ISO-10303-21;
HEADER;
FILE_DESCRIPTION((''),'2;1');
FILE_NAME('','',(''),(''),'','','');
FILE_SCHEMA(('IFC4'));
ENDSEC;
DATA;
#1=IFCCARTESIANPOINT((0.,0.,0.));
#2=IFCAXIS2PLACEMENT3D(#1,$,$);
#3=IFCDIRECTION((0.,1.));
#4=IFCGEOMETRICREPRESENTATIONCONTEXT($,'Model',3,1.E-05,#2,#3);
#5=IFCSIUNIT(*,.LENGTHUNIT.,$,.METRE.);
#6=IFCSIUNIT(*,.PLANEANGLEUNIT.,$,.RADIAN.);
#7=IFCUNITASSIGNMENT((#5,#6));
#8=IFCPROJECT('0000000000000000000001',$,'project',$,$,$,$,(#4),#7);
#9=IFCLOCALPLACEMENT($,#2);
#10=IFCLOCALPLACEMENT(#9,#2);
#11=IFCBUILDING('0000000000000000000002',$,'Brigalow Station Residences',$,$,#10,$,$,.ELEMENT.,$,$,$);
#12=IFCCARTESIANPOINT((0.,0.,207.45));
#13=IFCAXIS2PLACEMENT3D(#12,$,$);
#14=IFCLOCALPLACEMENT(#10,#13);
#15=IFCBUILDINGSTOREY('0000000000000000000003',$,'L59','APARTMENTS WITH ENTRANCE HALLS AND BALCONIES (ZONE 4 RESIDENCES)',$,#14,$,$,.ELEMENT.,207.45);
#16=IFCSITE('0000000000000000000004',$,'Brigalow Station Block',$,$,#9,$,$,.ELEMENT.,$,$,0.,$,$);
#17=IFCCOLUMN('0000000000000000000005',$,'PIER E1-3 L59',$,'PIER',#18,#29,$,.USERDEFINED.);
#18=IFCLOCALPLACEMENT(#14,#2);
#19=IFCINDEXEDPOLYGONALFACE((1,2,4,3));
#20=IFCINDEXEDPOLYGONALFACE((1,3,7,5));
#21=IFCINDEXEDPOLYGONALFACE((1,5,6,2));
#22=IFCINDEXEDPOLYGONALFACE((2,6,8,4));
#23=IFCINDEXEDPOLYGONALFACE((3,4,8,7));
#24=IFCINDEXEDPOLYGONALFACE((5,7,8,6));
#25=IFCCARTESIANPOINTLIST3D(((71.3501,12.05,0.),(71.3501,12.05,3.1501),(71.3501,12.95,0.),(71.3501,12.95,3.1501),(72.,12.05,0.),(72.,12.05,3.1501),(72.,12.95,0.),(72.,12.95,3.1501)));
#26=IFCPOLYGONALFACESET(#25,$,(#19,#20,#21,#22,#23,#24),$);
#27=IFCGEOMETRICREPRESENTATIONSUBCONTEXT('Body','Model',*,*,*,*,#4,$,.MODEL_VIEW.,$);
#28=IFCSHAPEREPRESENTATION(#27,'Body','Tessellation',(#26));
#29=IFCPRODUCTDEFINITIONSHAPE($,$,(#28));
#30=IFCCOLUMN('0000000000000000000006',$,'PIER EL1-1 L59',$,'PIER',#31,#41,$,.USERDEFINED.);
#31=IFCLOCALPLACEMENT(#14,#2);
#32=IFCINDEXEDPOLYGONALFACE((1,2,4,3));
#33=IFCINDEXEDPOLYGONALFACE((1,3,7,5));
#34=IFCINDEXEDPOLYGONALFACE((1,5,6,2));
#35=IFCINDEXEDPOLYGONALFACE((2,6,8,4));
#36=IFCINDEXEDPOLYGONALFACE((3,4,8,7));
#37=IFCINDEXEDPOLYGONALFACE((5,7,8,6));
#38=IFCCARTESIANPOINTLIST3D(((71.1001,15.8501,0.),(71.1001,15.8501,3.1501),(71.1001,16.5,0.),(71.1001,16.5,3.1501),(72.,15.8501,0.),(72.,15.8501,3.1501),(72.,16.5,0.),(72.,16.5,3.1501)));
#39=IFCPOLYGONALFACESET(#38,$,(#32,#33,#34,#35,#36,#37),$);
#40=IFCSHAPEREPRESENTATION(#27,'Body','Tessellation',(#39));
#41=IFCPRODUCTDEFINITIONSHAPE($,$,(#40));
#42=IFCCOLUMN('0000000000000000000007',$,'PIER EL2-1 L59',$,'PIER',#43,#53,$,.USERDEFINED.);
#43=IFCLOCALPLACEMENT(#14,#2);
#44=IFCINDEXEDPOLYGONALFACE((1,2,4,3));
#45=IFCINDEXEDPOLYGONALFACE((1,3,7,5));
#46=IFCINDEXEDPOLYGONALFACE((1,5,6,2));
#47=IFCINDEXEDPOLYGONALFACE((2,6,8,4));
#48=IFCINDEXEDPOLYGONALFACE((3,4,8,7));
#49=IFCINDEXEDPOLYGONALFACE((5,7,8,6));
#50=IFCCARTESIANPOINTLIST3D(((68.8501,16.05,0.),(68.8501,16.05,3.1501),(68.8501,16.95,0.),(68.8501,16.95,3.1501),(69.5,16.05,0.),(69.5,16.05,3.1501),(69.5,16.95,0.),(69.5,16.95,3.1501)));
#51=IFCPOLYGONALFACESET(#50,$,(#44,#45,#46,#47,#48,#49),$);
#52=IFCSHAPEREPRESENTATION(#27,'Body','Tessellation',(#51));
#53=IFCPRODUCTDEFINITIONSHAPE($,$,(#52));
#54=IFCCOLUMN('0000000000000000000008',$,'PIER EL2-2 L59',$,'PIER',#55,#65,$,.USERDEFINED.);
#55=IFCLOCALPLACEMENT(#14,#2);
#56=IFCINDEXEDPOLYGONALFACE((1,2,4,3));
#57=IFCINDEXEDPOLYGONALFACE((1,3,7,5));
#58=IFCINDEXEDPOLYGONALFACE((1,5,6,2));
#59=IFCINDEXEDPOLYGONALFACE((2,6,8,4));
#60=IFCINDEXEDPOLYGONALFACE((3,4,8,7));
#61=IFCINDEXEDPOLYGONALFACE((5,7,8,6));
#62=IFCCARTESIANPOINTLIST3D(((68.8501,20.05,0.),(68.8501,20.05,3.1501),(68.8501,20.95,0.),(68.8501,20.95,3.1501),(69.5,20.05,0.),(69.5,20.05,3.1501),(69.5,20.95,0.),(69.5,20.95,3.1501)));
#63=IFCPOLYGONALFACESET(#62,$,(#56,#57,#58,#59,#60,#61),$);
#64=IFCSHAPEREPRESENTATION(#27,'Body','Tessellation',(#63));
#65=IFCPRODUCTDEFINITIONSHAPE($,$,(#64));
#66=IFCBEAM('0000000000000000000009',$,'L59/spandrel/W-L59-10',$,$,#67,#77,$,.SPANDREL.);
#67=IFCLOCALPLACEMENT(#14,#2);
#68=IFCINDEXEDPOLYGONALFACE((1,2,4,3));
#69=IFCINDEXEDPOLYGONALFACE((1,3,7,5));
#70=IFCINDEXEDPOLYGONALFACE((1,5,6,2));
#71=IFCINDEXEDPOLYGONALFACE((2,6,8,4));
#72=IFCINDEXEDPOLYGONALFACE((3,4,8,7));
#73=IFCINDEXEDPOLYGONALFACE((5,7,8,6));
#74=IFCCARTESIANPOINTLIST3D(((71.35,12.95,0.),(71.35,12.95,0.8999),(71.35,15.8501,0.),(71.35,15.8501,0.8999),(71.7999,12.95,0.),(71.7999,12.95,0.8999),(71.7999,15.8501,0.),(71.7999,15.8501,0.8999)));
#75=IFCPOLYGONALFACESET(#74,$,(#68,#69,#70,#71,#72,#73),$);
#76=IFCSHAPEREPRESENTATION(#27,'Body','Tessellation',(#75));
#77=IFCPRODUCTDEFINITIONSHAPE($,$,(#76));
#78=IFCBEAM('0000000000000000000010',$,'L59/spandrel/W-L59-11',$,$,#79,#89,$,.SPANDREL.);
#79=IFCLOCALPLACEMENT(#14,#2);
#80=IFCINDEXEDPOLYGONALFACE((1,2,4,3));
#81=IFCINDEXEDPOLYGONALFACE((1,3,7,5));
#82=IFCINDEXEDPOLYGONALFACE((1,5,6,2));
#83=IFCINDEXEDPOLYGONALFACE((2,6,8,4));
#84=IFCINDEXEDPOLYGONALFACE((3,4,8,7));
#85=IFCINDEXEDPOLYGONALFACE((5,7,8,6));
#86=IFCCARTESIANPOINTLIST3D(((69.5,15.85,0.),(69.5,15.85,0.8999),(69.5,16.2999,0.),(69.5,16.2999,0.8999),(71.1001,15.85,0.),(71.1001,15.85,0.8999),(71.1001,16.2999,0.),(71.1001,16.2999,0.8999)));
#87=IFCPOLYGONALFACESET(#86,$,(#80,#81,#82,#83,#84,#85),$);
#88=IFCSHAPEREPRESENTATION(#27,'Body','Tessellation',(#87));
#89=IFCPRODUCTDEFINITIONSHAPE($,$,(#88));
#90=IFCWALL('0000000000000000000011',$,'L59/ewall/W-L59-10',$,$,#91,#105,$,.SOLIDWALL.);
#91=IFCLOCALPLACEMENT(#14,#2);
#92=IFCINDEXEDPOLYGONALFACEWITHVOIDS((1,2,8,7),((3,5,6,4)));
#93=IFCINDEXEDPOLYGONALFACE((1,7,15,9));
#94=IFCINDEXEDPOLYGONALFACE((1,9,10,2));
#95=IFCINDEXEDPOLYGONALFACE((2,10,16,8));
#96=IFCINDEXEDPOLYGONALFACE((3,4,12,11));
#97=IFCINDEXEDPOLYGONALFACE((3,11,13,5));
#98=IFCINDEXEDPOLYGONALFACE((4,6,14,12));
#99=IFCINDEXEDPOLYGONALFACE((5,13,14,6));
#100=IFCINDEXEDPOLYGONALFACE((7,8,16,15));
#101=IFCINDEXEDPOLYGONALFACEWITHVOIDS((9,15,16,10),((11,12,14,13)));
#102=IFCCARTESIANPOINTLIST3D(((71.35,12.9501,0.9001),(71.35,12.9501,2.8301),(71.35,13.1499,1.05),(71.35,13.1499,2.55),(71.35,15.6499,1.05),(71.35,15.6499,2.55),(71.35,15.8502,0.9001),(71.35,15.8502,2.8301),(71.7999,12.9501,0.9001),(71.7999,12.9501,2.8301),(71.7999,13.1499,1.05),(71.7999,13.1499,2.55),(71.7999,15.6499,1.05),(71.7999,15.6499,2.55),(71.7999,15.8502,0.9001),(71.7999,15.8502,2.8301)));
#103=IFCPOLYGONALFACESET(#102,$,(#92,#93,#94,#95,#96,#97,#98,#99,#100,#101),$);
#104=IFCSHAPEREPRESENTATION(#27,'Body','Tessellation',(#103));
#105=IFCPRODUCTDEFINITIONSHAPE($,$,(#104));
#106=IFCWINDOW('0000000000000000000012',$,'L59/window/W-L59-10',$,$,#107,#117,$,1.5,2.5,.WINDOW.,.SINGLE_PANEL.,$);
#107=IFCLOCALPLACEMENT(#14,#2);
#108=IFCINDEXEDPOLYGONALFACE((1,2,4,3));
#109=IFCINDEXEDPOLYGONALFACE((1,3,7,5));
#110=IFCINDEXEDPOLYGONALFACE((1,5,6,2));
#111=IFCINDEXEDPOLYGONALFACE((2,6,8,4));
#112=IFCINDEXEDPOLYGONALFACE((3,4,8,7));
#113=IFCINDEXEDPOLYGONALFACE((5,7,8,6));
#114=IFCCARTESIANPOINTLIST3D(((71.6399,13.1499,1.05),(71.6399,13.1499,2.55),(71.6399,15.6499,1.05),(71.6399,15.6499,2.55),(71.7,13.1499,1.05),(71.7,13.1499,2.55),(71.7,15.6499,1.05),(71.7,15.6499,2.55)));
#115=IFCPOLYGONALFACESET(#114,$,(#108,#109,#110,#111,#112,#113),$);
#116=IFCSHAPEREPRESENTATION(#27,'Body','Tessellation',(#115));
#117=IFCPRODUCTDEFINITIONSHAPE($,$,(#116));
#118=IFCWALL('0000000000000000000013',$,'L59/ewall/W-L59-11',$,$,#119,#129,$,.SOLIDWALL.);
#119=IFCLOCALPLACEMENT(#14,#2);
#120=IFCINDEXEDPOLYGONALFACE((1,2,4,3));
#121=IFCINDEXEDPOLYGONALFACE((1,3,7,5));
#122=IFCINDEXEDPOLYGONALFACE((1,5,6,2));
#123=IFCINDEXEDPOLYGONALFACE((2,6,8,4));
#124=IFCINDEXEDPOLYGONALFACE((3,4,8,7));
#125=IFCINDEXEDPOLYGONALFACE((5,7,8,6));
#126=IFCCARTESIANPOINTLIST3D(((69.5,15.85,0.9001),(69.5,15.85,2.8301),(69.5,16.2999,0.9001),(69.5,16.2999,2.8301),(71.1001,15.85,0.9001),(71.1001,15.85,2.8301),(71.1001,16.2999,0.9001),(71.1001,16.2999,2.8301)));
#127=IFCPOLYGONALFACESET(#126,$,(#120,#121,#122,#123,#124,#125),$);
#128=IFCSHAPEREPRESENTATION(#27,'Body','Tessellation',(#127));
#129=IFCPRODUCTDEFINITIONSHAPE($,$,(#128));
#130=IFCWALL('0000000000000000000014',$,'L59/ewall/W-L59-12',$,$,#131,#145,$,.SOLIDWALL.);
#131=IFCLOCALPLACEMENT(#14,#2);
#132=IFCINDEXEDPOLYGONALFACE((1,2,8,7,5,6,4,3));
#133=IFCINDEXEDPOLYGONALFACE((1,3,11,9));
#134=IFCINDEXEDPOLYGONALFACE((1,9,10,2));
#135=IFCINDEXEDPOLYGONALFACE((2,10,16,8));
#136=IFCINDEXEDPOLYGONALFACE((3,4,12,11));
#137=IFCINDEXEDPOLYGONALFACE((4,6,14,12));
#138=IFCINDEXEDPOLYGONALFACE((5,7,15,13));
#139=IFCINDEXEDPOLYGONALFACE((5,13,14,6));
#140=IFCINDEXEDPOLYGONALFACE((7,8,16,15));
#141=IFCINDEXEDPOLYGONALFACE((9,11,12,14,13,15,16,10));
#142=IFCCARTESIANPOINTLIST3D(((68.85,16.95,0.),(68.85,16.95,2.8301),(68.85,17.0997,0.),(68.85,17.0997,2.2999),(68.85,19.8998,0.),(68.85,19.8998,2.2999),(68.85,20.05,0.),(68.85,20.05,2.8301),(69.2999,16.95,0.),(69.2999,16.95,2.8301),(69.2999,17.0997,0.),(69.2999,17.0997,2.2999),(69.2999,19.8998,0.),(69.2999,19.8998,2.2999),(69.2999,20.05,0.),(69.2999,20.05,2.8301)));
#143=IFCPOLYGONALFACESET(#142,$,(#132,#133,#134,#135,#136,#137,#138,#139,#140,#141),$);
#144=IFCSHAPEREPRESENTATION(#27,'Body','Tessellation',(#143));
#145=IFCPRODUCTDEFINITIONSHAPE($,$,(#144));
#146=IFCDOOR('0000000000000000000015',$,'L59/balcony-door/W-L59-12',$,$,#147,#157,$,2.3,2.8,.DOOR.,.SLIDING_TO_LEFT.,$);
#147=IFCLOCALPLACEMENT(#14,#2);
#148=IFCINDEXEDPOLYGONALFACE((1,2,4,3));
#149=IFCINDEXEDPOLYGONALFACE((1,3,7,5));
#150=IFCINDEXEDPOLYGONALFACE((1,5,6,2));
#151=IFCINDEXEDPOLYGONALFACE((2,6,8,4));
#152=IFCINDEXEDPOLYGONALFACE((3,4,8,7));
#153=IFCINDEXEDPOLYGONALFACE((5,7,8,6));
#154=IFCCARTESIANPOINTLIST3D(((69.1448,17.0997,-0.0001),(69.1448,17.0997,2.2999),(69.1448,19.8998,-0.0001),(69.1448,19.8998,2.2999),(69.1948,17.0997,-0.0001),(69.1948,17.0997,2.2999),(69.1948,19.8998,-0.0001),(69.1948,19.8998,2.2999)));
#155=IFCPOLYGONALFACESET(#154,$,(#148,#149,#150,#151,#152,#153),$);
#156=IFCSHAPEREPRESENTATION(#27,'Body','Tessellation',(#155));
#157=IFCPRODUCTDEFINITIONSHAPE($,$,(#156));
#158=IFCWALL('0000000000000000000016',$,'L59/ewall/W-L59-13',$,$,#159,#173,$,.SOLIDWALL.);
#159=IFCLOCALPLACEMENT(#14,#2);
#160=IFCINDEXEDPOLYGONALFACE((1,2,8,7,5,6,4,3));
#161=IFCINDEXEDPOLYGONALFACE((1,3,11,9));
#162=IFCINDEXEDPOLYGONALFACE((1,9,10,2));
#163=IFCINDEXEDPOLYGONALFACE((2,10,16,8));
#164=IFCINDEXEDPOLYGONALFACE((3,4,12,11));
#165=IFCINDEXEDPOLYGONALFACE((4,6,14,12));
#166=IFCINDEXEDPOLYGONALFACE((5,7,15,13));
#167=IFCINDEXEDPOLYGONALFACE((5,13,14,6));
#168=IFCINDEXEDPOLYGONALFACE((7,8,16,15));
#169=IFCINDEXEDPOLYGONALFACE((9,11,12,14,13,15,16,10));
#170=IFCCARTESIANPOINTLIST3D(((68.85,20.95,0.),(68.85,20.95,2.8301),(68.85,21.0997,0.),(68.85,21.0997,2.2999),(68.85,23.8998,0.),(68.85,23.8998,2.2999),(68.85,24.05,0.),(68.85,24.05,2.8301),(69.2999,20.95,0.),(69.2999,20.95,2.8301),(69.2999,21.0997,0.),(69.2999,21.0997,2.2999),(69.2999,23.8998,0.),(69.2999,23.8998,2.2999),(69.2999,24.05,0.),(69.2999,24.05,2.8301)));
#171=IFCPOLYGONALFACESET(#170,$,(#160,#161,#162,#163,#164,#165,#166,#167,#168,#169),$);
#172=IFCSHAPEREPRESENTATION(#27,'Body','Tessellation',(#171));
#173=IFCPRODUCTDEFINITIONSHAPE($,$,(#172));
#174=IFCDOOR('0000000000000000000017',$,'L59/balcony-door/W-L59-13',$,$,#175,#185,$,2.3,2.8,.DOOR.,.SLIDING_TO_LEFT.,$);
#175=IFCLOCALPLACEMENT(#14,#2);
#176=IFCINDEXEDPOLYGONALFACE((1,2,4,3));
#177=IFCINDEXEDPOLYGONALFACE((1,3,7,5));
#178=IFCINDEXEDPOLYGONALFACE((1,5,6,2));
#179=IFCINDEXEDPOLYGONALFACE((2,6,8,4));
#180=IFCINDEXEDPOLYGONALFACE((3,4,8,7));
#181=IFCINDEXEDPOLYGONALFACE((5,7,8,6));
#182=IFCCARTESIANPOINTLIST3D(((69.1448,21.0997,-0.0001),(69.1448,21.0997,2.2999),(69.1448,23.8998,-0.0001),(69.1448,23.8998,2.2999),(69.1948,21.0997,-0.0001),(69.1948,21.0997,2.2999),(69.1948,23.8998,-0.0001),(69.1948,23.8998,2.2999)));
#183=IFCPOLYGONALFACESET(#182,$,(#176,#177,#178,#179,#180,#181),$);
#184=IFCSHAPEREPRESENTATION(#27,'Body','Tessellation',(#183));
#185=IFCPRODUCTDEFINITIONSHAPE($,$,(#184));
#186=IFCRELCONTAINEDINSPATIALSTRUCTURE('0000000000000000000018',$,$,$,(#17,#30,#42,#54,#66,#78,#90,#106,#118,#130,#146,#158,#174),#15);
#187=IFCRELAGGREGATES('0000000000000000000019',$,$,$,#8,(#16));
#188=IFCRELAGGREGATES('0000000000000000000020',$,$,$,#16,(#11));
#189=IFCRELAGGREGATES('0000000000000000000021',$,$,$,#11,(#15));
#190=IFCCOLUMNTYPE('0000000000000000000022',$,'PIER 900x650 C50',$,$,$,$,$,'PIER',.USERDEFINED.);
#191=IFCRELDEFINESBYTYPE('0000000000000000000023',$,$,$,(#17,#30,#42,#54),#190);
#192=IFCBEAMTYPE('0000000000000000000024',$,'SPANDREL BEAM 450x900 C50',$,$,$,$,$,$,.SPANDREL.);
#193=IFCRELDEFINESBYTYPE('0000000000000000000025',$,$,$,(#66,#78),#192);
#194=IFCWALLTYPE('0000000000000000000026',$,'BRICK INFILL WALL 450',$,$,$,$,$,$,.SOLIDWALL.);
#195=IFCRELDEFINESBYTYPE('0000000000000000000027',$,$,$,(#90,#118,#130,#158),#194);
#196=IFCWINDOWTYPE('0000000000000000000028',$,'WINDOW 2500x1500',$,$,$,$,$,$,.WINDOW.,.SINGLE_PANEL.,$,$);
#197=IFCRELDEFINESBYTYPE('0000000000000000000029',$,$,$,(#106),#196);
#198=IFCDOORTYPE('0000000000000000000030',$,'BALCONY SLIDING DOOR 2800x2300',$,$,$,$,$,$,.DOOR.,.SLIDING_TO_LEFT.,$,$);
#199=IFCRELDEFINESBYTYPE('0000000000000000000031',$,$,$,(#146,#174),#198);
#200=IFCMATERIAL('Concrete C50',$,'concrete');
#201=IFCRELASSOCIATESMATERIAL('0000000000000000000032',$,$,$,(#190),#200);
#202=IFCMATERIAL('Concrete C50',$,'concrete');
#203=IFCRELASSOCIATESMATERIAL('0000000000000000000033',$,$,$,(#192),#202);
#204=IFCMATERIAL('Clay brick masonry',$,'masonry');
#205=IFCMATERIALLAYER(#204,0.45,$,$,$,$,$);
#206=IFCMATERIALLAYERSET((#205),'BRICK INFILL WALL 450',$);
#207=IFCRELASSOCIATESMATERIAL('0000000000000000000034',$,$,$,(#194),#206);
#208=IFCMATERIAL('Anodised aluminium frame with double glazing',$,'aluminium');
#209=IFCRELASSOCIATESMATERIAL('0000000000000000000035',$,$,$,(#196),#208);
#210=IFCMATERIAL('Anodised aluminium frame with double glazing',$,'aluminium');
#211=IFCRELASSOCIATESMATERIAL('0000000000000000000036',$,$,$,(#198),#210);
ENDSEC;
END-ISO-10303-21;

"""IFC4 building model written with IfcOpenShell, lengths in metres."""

from ifc_helpers import new_model, si_unit, direction, frame, frame_2d, origin, origin_2d, place, context, subcontext, project, spatial, rectangle, extrude, material, layer, layer_set, material_profile, profile_set, type_object, element, fill, save


model = new_model("IFC4")

# Units and contexts
model_context = context("Model", 3, precision=1e-05, world=origin(), true_north=direction((0.0, 1.0)))
body_context = subcontext(model_context, "Body", "Model", "MODEL_VIEW")
ifc_project = project(units=[si_unit("LENGTHUNIT", "METRE"), si_unit("PLANEANGLEUNIT", "RADIAN")], contexts=[model_context])

# Site, building, storey
site_placement = place(None, origin())
site = spatial("IfcSite", under=ifc_project, at=site_placement, Name="Brigalow Station Block", CompositionType="ELEMENT", RefElevation=0.0)
building_placement = place(site_placement, origin())
building = spatial("IfcBuilding", under=site, at=building_placement, Name="Brigalow Station Residences", CompositionType="ELEMENT")
storey_placement = place(building_placement, frame((0.0, 0.0, 207.45)))
storey = spatial("IfcBuildingStorey", under=building, at=storey_placement, Name="L59", Description="APARTMENTS WITH ENTRANCE HALLS AND BALCONIES (ZONE 4 RESIDENCES)", CompositionType="ELEMENT", Elevation=207.45)

# Columns
ifc_material_1 = material(Name="Concrete C50", Category="concrete")
ifc_material_profile_1 = material_profile(ifc_material_1, rectangle(XDim=0.8999, YDim=0.6499, at=origin_2d()), Name="RC900x650")
ifc_profile_set_1 = profile_set([ifc_material_profile_1], Name="Concrete C50")
column_type = type_object("IfcColumnType", Name="PIER 900x650 C50", ElementType="PIER", PredefinedType="USERDEFINED", material=ifc_profile_set_1)
for number, where, z_axis, x_axis, name in (
    (1, (71.675, 12.5, 0.0), (0.0, 0.0, 1.0), (0.0, 1.0, 0.0), "PIER E1-3 L59"),
    (2, (71.55, 16.175, 0.0), (0.0, 0.0, 1.0), (-1.0, 0.0, 0.0), "PIER EL1-1 L59"),
    (3, (69.175, 16.5, 0.0), (0.0, 0.0, 1.0), (0.0, 1.0, 0.0), "PIER EL2-1 L59"),
    (4, (69.175, 20.5, 0.0), (0.0, 0.0, 1.0), (0.0, 1.0, 0.0), "PIER EL2-2 L59"),
):
    element("IfcColumn", number, at=place(storey_placement, frame(where, z_axis=z_axis, x_axis=x_axis)), inside=storey, type_object=column_type, Name=name, ObjectType="PIER", PredefinedType="USERDEFINED", context=body_context, shape_type="SweptSolid", body=[
        extrude(rectangle(XDim=0.8999, YDim=0.6499, at=origin_2d()), origin(), (0.0, 0.0, 1.0), 3.1501),
    ])

# Beams
ifc_material_2 = material(Name="Concrete C50", Category="concrete")
ifc_material_profile_2 = material_profile(ifc_material_2, rectangle(XDim=0.45, YDim=0.8999, at=origin_2d()), Name="RC450x900")
ifc_profile_set_2 = profile_set([ifc_material_profile_2], Name="Concrete C50")
beam_type = type_object("IfcBeamType", Name="SPANDREL BEAM 450x900 C50", PredefinedType="SPANDREL", material=ifc_profile_set_2)
beam_1_placement = place(storey_placement, frame((71.575, 12.95, 0.45), z_axis=(0.0, 1.0, 0.0), x_axis=(-1.0, 0.0, 0.0)))
element("IfcBeam", 5, at=beam_1_placement, inside=storey, type_object=beam_type, Name="L59/spandrel/W-L59-10", PredefinedType="SPANDREL", context=body_context, shape_type="SweptSolid", body=[
    extrude(rectangle(XDim=0.45, YDim=0.8999, at=origin_2d()), origin(), (0.0, 0.0, 1.0), 2.9001),
])
beam_2_placement = place(storey_placement, frame((71.1001, 16.075, 0.45), z_axis=(-1.0, 0.0, 0.0), x_axis=(0.0, -1.0, 0.0)))
element("IfcBeam", 6, at=beam_2_placement, inside=storey, type_object=beam_type, Name="L59/spandrel/W-L59-11", PredefinedType="SPANDREL", context=body_context, shape_type="SweptSolid", body=[
    extrude(rectangle(XDim=0.45, YDim=0.8999, at=origin_2d()), origin(), (0.0, 0.0, 1.0), 1.6001),
])

# Wall, opening, window
ifc_material_3 = material(Name="Clay brick masonry", Category="masonry")
ifc_layer_1 = layer(ifc_material_3, 0.45)
ifc_layer_set_1 = layer_set([ifc_layer_1], Name="BRICK INFILL WALL 450")
wall_type_1 = type_object("IfcWallType", Name="BRICK INFILL WALL 450", PredefinedType="SOLIDWALL", material=ifc_layer_set_1)
wall_1_placement = place(storey_placement, frame((71.575, 12.95, 0.9001), z_axis=(0.0, 0.0, 1.0), x_axis=(0.0, 1.0, 0.0)))
wall_1 = element("IfcWall", 7, at=wall_1_placement, inside=storey, type_object=wall_type_1, Name="L59/ewall/W-L59-10", PredefinedType="SOLIDWALL", context=body_context, shape_type="SweptSolid", body=[
    extrude(rectangle(XDim=2.9001, YDim=0.45, at=frame_2d((1.4502, 0.0))), origin(), (0.0, 0.0, 1.0), 1.9299),
])
opening_1_placement = place(wall_1_placement, frame((0.2, 0.0, 0.1499)))
opening_1 = element("IfcOpeningElement", 8, at=opening_1_placement, cuts=wall_1, PredefinedType="OPENING", context=body_context, shape_type="SweptSolid", body=[
    extrude(rectangle(XDim=2.5, YDim=1.5, at=frame_2d((1.25, 0.75))), frame((0.0, 0.2349, 0.0), z_axis=(0.0, -1.0, 0.0), x_axis=(1.0, 0.0, 0.0)), (0.0, 0.0, 1.0), 0.47),
])
ifc_material_4 = material(Name="Anodised aluminium frame with double glazing", Category="aluminium")
window_type = type_object("IfcWindowType", Name="WINDOW 2500x1500", PartitioningType="SINGLE_PANEL", PredefinedType="WINDOW", material=ifc_material_4)
window_placement = place(opening_1_placement, origin())
window = element("IfcWindow", 9, at=window_placement, inside=storey, type_object=window_type, Name="L59/window/W-L59-10", OverallHeight=1.5, OverallWidth=2.5, PartitioningType="SINGLE_PANEL", PredefinedType="WINDOW", context=body_context, shape_type="SweptSolid", body=[
    extrude(rectangle(XDim=2.5, YDim=1.5, at=frame_2d((1.25, 0.75))), frame((0.0, -0.0649, 0.0), z_axis=(0.0, -1.0, 0.0), x_axis=(1.0, 0.0, 0.0)), (0.0, 0.0, 1.0), 0.0601),
])
fill(opening_1, window)

# Wall
wall_2_placement = place(storey_placement, frame((71.1001, 16.075, 0.9001), z_axis=(0.0, 0.0, 1.0), x_axis=(-1.0, 0.0, 0.0)))
element("IfcWall", 10, at=wall_2_placement, inside=storey, type_object=wall_type_1, Name="L59/ewall/W-L59-11", PredefinedType="SOLIDWALL", context=body_context, shape_type="SweptSolid", body=[
    extrude(rectangle(XDim=1.6001, YDim=0.45, at=frame_2d((0.8, 0.0))), origin(), (0.0, 0.0, 1.0), 1.9299),
])

# Walls, openings, doors
wall_3_placement = place(storey_placement, frame((69.075, 16.95, 0.0), z_axis=(0.0, 0.0, 1.0), x_axis=(0.0, 1.0, 0.0)))
wall_3 = element("IfcWall", 11, at=wall_3_placement, inside=storey, type_object=wall_type_1, Name="L59/ewall/W-L59-12", PredefinedType="SOLIDWALL", context=body_context, shape_type="SweptSolid", body=[
    extrude(rectangle(XDim=3.1001, YDim=0.45, at=frame_2d((1.55, 0.0))), origin(), (0.0, 0.0, 1.0), 2.8301),
])
opening_2_placement = place(wall_3_placement, frame((0.1499, 0.0, 0.0)))
opening_2 = element("IfcOpeningElement", 12, at=opening_2_placement, cuts=wall_3, PredefinedType="OPENING", context=body_context, shape_type="SweptSolid", body=[
    extrude(rectangle(XDim=2.8, YDim=2.3, at=frame_2d((1.3999, 1.1499))), frame((0.0, 0.2349, 0.0), z_axis=(0.0, -1.0, 0.0), x_axis=(1.0, 0.0, 0.0)), (0.0, 0.0, 1.0), 0.47),
])
ifc_material_5 = material(Name="Anodised aluminium frame with double glazing", Category="aluminium")
door_type = type_object("IfcDoorType", Name="BALCONY SLIDING DOOR 2800x2300", OperationType="SLIDING_TO_LEFT", PredefinedType="DOOR", material=ifc_material_5)
door_1_placement = place(opening_2_placement, origin())
door_1 = element("IfcDoor", 13, at=door_1_placement, inside=storey, type_object=door_type, Name="L59/balcony-door/W-L59-12", OperationType="SLIDING_TO_LEFT", OverallHeight=2.3, OverallWidth=2.8, PredefinedType="DOOR", context=body_context, shape_type="SweptSolid", body=[
    extrude(rectangle(XDim=2.8, YDim=2.3, at=frame_2d((1.3999, 1.1499))), frame((0.0, -0.0698, 0.0), z_axis=(0.0, -1.0, 0.0), x_axis=(1.0, 0.0, 0.0)), (0.0, 0.0, 1.0), 0.05),
])
fill(opening_2, door_1)
wall_4_placement = place(storey_placement, frame((69.075, 20.95, 0.0), z_axis=(0.0, 0.0, 1.0), x_axis=(0.0, 1.0, 0.0)))
wall_4 = element("IfcWall", 14, at=wall_4_placement, inside=storey, type_object=wall_type_1, Name="L59/ewall/W-L59-13", PredefinedType="SOLIDWALL", context=body_context, shape_type="SweptSolid", body=[
    extrude(rectangle(XDim=3.1001, YDim=0.45, at=frame_2d((1.55, 0.0))), origin(), (0.0, 0.0, 1.0), 2.8301),
])
opening_3_placement = place(wall_4_placement, frame((0.1499, 0.0, 0.0)))
opening_3 = element("IfcOpeningElement", 15, at=opening_3_placement, cuts=wall_4, PredefinedType="OPENING", context=body_context, shape_type="SweptSolid", body=[
    extrude(rectangle(XDim=2.8, YDim=2.3, at=frame_2d((1.3999, 1.1499))), frame((0.0, 0.2349, 0.0), z_axis=(0.0, -1.0, 0.0), x_axis=(1.0, 0.0, 0.0)), (0.0, 0.0, 1.0), 0.47),
])
door_2_placement = place(opening_3_placement, origin())
door_2 = element("IfcDoor", 16, at=door_2_placement, inside=storey, type_object=door_type, Name="L59/balcony-door/W-L59-13", OperationType="SLIDING_TO_LEFT", OverallHeight=2.3, OverallWidth=2.8, PredefinedType="DOOR", context=body_context, shape_type="SweptSolid", body=[
    extrude(rectangle(XDim=2.8, YDim=2.3, at=frame_2d((1.3999, 1.1499))), frame((0.0, -0.0698, 0.0), z_axis=(0.0, -1.0, 0.0), x_axis=(1.0, 0.0, 0.0)), (0.0, 0.0, 1.0), 0.05),
])
fill(opening_3, door_2)

save(model, "model.ifc")
